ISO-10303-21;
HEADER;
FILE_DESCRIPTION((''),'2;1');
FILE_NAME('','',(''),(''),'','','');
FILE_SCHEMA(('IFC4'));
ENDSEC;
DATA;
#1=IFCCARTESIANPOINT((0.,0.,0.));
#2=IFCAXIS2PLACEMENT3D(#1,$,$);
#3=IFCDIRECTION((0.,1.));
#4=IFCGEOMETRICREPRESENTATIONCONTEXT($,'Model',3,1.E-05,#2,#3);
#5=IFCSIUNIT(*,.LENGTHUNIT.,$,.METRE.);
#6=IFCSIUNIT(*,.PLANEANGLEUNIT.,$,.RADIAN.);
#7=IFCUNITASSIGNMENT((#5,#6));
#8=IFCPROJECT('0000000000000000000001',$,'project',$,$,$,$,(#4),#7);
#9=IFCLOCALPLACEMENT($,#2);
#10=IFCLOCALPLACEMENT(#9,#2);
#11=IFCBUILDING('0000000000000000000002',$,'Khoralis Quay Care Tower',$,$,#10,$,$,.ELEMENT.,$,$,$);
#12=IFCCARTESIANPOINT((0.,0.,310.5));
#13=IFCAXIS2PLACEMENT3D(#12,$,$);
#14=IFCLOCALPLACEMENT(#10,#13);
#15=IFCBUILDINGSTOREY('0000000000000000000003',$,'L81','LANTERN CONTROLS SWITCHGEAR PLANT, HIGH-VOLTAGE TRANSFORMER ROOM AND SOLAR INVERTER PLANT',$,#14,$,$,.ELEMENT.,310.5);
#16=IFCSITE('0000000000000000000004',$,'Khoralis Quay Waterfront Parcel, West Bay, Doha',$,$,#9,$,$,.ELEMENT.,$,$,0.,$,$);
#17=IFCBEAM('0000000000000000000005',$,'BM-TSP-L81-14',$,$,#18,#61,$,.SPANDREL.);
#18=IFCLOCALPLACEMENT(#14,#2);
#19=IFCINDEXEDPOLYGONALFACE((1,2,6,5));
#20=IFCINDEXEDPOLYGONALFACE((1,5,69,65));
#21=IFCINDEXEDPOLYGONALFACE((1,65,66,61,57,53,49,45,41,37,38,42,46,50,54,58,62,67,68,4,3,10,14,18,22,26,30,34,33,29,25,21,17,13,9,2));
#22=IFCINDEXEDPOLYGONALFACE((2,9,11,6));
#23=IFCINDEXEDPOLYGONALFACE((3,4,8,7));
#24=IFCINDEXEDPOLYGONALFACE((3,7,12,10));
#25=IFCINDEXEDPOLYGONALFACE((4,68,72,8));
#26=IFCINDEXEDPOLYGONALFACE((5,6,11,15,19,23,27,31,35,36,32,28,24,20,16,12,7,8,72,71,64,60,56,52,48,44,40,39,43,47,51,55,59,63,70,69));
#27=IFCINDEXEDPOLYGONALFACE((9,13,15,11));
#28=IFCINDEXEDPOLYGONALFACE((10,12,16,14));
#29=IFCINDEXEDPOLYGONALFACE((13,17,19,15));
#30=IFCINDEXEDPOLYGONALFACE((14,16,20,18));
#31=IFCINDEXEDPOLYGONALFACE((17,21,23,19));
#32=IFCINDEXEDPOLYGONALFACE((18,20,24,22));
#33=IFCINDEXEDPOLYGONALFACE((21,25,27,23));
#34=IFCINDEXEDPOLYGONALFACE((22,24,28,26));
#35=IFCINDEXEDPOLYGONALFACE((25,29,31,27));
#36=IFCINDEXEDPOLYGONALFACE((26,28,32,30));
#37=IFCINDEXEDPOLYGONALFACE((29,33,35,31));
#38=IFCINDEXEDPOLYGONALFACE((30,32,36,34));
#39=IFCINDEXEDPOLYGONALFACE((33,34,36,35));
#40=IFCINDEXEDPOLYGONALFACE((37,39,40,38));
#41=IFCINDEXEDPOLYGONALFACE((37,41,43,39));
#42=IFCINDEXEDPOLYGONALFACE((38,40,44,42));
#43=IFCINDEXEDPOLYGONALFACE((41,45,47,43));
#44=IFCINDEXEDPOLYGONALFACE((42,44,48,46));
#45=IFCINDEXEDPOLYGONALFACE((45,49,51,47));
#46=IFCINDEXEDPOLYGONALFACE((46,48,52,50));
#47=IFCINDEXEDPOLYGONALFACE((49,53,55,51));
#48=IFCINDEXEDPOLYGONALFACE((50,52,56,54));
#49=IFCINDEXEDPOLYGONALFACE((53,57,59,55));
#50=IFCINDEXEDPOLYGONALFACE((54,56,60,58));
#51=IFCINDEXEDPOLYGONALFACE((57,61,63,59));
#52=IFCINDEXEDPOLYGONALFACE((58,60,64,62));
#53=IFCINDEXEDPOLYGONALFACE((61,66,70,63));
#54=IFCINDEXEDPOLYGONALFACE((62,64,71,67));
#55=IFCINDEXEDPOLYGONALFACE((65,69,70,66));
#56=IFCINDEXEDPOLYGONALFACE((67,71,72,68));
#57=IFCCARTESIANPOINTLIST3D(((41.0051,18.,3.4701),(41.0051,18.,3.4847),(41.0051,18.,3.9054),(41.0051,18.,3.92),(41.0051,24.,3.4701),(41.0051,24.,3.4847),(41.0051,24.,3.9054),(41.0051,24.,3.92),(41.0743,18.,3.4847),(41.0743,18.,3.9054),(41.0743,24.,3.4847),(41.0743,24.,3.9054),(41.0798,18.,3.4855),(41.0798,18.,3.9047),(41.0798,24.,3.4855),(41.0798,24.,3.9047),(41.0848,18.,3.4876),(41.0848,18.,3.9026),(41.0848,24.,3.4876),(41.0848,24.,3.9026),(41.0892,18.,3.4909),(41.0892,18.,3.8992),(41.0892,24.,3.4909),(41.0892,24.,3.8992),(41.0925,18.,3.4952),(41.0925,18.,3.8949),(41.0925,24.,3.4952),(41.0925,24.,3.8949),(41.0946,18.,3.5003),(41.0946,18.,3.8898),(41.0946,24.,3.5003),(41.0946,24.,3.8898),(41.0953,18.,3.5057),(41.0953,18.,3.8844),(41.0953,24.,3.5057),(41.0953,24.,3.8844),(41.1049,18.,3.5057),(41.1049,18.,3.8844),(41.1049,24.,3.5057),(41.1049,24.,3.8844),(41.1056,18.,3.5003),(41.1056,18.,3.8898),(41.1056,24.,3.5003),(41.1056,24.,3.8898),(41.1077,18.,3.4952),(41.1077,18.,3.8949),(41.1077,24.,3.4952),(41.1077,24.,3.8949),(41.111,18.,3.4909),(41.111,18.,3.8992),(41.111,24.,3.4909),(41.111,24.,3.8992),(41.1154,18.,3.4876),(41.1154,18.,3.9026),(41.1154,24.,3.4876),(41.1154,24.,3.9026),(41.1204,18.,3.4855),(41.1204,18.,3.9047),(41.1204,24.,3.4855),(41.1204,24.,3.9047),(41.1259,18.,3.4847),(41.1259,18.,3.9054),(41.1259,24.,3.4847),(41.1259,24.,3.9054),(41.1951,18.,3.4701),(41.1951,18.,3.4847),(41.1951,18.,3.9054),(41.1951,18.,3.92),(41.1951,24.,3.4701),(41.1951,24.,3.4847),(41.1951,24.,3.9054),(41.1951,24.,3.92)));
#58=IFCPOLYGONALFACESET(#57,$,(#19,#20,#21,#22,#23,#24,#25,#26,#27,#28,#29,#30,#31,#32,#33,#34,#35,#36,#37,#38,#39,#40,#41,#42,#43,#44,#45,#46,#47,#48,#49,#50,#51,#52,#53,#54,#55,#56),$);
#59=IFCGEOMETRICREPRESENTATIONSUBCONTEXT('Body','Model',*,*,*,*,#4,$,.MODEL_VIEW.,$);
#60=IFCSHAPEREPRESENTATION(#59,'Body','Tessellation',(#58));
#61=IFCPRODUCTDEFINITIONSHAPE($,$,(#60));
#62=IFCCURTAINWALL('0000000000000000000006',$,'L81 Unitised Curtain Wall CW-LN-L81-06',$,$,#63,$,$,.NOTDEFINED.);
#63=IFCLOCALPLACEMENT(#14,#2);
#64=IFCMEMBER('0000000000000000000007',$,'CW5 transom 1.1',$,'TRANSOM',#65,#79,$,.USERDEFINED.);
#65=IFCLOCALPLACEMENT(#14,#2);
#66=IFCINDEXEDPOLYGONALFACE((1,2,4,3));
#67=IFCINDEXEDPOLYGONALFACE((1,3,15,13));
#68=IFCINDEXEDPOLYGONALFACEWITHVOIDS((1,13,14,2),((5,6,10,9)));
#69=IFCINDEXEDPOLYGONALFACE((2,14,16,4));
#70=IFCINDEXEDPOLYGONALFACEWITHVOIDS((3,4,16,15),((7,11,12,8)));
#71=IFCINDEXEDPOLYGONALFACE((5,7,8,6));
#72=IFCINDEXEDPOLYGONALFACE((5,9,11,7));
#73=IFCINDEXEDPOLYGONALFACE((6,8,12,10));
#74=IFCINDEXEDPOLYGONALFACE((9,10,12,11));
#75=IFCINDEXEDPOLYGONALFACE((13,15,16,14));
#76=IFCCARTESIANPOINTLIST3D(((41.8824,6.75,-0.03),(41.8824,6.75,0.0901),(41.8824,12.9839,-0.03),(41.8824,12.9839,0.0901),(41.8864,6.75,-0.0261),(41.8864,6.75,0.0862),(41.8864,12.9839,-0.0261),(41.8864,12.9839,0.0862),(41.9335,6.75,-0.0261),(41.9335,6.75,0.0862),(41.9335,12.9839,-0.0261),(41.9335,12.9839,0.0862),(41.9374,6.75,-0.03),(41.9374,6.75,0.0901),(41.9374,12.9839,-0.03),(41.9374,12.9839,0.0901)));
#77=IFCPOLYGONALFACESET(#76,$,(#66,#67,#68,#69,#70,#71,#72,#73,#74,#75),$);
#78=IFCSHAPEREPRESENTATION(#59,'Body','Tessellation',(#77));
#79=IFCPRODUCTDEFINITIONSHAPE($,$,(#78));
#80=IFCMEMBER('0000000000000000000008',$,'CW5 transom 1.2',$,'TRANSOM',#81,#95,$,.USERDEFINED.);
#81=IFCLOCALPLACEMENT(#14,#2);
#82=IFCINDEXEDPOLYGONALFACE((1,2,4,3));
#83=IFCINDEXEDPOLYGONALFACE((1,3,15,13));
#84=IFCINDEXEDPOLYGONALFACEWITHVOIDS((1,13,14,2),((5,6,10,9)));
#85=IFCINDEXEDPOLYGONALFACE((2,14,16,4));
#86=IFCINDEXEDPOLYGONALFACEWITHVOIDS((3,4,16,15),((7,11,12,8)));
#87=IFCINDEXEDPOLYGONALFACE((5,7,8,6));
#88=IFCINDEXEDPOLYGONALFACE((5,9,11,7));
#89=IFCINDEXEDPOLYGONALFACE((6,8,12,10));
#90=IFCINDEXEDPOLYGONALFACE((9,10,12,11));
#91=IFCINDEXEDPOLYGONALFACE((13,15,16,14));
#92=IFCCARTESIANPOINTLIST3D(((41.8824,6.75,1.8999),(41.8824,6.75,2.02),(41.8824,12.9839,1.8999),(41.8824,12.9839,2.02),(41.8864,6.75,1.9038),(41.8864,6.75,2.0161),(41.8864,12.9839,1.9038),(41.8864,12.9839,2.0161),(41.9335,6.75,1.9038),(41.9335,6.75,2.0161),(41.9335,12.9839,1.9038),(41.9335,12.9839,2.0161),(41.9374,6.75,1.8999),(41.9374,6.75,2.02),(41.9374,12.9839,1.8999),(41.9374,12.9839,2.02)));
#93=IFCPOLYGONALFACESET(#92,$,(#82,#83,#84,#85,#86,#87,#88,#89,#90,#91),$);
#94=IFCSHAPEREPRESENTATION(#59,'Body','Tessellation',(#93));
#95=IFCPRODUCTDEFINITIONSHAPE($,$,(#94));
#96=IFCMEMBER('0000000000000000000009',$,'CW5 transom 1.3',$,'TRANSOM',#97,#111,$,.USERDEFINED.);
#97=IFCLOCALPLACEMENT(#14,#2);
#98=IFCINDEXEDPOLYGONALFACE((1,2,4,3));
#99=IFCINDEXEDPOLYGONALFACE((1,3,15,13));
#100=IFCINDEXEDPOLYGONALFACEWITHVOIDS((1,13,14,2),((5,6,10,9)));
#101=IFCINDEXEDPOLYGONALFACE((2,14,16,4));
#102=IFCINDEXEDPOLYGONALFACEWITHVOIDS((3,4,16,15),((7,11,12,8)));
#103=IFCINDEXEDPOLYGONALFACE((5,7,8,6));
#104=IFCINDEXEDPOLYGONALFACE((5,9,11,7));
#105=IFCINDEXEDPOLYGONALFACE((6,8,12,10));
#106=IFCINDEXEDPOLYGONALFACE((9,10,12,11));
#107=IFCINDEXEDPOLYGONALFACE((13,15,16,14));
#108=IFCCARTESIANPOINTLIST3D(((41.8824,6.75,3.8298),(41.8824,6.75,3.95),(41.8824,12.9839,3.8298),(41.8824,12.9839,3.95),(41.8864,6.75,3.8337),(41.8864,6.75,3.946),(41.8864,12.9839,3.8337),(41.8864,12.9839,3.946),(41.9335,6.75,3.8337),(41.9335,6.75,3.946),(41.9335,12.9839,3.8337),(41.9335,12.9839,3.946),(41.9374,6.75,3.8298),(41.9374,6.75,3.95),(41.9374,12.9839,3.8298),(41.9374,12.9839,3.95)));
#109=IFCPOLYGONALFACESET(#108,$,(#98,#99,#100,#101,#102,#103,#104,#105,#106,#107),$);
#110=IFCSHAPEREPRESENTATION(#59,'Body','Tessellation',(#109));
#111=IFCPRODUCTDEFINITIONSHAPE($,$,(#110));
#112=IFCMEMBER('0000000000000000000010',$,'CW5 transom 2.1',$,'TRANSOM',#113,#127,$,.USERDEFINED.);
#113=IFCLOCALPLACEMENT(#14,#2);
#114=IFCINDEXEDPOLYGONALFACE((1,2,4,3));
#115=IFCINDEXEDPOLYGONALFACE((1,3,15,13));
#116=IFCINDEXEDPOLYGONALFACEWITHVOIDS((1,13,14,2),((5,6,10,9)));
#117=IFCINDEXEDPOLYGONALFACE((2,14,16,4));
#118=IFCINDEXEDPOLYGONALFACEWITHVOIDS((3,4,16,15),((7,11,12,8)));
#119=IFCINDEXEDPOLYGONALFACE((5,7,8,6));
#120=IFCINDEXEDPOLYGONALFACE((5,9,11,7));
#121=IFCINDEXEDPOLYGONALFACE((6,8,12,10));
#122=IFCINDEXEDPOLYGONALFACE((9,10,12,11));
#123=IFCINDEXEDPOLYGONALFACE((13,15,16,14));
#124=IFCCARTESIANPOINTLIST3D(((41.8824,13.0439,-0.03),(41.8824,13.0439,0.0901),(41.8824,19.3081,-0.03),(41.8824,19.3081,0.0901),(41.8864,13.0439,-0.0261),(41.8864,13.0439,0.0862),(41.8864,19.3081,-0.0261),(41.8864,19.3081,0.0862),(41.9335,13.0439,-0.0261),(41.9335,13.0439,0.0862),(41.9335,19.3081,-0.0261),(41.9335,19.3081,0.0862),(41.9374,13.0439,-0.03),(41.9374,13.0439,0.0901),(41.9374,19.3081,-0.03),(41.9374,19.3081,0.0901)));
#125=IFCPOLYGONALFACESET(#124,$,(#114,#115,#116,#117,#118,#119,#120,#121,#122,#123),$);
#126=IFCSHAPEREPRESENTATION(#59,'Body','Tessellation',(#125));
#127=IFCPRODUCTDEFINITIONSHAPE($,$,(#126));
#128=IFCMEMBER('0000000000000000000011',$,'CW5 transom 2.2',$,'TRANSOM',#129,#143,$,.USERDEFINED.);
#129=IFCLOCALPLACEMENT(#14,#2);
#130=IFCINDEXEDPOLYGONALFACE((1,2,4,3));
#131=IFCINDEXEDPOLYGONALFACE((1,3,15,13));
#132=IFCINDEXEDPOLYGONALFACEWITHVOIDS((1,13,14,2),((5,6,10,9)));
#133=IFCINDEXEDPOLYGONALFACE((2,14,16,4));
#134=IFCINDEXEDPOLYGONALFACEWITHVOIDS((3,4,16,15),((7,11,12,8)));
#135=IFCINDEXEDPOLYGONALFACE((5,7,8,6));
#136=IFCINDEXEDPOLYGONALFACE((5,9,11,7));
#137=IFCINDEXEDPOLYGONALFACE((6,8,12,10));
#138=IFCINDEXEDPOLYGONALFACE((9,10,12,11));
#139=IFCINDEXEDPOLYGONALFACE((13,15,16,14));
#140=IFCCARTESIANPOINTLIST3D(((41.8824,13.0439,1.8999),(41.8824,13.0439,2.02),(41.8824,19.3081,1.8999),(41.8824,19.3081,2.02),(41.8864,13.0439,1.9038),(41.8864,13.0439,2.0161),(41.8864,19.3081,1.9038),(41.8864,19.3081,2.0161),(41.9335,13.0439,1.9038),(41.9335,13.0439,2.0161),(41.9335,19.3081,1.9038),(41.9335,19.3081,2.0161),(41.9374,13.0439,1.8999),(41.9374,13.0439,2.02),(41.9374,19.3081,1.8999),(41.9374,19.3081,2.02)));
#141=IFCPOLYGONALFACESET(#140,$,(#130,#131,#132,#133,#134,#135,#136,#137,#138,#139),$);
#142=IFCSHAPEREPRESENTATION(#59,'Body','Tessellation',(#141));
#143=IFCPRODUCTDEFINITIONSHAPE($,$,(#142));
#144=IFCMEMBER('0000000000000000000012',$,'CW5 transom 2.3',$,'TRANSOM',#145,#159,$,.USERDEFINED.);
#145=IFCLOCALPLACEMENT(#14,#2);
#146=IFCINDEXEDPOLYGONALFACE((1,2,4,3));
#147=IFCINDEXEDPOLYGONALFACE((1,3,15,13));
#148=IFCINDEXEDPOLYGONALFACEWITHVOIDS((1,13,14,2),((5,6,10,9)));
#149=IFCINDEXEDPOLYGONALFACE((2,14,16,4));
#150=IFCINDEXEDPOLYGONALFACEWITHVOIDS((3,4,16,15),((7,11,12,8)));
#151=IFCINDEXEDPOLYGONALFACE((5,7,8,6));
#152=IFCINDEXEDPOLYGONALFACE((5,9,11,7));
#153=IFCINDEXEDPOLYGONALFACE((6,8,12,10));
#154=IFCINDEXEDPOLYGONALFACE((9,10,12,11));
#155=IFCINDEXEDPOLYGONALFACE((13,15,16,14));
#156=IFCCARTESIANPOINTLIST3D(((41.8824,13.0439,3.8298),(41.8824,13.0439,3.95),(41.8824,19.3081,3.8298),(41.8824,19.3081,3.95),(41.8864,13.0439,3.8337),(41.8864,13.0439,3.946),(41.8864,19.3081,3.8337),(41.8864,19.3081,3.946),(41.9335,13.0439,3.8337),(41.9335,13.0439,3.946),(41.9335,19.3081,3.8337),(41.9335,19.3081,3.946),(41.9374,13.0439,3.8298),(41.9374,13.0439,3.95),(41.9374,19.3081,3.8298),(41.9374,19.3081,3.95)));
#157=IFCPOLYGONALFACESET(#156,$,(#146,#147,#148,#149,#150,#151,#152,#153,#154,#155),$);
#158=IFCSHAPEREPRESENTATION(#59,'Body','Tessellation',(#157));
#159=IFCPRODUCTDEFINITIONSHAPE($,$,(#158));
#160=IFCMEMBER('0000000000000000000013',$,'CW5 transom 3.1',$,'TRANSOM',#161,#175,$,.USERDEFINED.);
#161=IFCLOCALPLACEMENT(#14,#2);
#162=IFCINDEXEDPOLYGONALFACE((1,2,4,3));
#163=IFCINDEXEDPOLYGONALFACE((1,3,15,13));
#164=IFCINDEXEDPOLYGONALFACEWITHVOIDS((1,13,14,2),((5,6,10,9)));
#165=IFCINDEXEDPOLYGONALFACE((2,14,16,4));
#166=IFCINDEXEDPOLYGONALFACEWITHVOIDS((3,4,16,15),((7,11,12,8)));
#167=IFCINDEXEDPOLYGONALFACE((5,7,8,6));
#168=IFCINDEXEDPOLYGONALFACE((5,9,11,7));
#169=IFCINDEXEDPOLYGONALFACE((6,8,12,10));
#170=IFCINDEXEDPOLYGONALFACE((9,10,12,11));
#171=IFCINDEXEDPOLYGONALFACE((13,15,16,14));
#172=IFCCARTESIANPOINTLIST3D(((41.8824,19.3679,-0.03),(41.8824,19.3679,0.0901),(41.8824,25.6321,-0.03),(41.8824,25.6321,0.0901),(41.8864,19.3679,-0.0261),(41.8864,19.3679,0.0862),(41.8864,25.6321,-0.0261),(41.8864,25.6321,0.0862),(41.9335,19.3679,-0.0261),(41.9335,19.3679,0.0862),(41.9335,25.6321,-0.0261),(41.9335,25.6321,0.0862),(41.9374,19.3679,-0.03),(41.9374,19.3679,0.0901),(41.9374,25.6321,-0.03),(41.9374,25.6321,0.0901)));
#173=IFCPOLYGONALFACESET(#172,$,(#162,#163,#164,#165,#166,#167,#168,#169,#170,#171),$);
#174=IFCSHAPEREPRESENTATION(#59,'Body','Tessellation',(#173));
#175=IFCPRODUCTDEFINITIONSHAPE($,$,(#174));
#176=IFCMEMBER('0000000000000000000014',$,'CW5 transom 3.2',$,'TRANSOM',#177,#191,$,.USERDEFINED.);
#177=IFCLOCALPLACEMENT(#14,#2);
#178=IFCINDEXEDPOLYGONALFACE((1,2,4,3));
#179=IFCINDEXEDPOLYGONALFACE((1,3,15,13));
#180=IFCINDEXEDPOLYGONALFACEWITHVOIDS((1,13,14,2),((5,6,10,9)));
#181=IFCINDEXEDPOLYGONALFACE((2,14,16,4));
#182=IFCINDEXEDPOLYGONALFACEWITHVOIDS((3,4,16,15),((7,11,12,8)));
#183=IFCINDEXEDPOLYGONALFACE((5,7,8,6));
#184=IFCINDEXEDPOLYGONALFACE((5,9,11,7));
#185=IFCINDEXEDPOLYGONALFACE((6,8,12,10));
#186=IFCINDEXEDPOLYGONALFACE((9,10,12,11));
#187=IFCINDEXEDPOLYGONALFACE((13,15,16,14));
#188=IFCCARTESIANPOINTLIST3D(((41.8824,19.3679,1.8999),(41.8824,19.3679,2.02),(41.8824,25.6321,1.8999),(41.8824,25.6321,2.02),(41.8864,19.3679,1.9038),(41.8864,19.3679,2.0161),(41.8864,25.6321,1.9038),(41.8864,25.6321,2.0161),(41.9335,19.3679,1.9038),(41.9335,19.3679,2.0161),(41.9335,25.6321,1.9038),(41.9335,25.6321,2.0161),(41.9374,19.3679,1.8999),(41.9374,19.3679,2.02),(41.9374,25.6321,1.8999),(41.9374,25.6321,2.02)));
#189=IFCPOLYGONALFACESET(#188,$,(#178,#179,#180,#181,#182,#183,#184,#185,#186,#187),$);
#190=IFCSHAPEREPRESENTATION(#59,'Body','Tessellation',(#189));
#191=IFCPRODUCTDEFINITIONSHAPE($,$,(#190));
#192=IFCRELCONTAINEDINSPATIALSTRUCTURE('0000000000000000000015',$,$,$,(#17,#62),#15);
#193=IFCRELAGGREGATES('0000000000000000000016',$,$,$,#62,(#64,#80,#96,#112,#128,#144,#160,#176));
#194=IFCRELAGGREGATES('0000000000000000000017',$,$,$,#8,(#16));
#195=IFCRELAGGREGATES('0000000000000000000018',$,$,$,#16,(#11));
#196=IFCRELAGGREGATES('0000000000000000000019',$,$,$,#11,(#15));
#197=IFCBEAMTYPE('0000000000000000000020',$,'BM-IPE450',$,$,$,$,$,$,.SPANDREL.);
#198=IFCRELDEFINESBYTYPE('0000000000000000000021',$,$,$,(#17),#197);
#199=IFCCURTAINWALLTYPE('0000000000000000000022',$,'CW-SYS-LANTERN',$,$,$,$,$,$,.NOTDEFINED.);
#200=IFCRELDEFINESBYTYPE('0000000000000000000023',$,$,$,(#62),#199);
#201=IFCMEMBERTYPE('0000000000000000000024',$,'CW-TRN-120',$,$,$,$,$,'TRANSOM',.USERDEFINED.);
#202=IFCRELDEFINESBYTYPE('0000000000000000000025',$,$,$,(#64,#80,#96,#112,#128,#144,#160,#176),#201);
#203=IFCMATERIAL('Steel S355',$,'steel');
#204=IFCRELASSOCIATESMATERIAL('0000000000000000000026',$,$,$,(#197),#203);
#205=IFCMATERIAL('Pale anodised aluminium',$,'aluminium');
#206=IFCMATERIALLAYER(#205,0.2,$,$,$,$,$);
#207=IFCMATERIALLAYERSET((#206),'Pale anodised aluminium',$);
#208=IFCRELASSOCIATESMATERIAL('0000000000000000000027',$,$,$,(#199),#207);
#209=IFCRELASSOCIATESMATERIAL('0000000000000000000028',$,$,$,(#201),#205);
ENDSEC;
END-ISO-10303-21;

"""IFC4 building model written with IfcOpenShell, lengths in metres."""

from ifc_helpers import new_model, si_unit, direction, frame, origin, origin_2d, place, context, subcontext, project, spatial, hollow_rectangle, i_section, extrude, source, transform, mapped, material, layer, layer_set, material_profile, profile_set, type_object, element, aggregate, save


model = new_model("IFC4")

# Units and contexts
model_context = context("Model", 3, precision=1e-05, world=origin(), true_north=direction((0.0, 1.0)))
body_context = subcontext(model_context, "Body", "Model", "MODEL_VIEW")
ifc_project = project(units=[si_unit("LENGTHUNIT", "METRE"), si_unit("PLANEANGLEUNIT", "RADIAN")], contexts=[model_context])

# Site, building, storey
site_placement = place(None, origin())
site = spatial("IfcSite", under=ifc_project, at=site_placement, Name="Khoralis Quay Waterfront Parcel, West Bay, Doha", CompositionType="ELEMENT", RefElevation=0.0)
building_placement = place(site_placement, origin())
building = spatial("IfcBuilding", under=site, at=building_placement, Name="Khoralis Quay Care Tower", CompositionType="ELEMENT")
storey_placement = place(building_placement, frame((0.0, 0.0, 310.5)))
storey = spatial("IfcBuildingStorey", under=building, at=storey_placement, Name="L81", Description="LANTERN CONTROLS SWITCHGEAR PLANT, HIGH-VOLTAGE TRANSFORMER ROOM AND SOLAR INVERTER PLANT", CompositionType="ELEMENT", Elevation=310.5)

# Beam
ifc_material_1 = material(Name="Steel S355", Category="steel")
ifc_material_profile_1 = material_profile(ifc_material_1, i_section(OverallWidth=0.1899, OverallDepth=0.45, WebThickness=0.0095, FlangeThickness=0.0146, FilletRadius=0.021, at=origin_2d()), Name="Steel S355")
ifc_profile_set_1 = profile_set([ifc_material_profile_1], Name="Steel S355")
beam_type = type_object("IfcBeamType", Name="BM-IPE450", PredefinedType="SPANDREL", material=ifc_profile_set_1)
shared_shape_1 = source(origin(), body_context, "Body", "SweptSolid", [
    extrude(i_section(OverallWidth=0.1899, OverallDepth=0.45, WebThickness=0.0095, FlangeThickness=0.0146, FilletRadius=0.021, at=origin_2d()), origin(), (0.0, 0.0, 1.0), 6.0),
])
for number, where, z_axis, x_axis, name in (
    (1, (41.1001, 18.0, 3.6951), (0.0, 1.0, 0.0), (-1.0, 0.0, 0.0), "BM-TSP-L81-14"),
):
    element("IfcBeam", number, at=place(storey_placement, frame(where, z_axis=z_axis, x_axis=x_axis)), inside=storey, type_object=beam_type, Name=name, PredefinedType="SPANDREL", context=body_context, shape_type="MappedRepresentation", body=[
        mapped(shared_shape_1, transform((0.0, 0.0, 0.0), scale=1.0)),
    ])

# Curtain wall, members
ifc_material_2 = material(Name="Pale anodised aluminium", Category="aluminium")
ifc_layer_1 = layer(ifc_material_2, 0.2)
ifc_layer_set_1 = layer_set([ifc_layer_1], Name="Pale anodised aluminium")
curtain_wall_type = type_object("IfcCurtainWallType", Name="CW-SYS-LANTERN", PredefinedType="NOTDEFINED", material=ifc_layer_set_1)
curtain_wall_1_placement = place(storey_placement, origin())
curtain_wall_1 = element("IfcCurtainWall", 2, at=curtain_wall_1_placement, inside=storey, type_object=curtain_wall_type, Name="L81 Unitised Curtain Wall CW-LN-L81-06", PredefinedType="NOTDEFINED")
ifc_material_profile_2 = material_profile(ifc_material_2, hollow_rectangle(XDim=0.0549, YDim=0.1201, WallThickness=0.0039, at=origin_2d()), Name="Pale anodised aluminium")
ifc_profile_set_2 = profile_set([ifc_material_profile_2], Name="Pale anodised aluminium")
member_type_1 = type_object("IfcMemberType", Name="CW-TRN-120", ElementType="TRANSOM", PredefinedType="USERDEFINED", material=ifc_profile_set_2)
shared_shape_2 = source(origin(), body_context, "Body", "SweptSolid", [
    extrude(hollow_rectangle(XDim=0.0549, YDim=0.1201, WallThickness=0.0039, at=origin_2d()), origin(), (0.0, 0.0, 1.0), 6.2339),
])
member_1_placement = place(storey_placement, frame((41.9099, 6.75, 0.03), z_axis=(0.0, 1.0, 0.0), x_axis=(-1.0, 0.0, 0.0)))
member_1 = element("IfcMember", 3, at=member_1_placement, type_object=member_type_1, Name="CW5 transom 1.1", ObjectType="TRANSOM", PredefinedType="USERDEFINED", context=body_context, shape_type="MappedRepresentation", body=[
    mapped(shared_shape_2, transform((0.0, 0.0, 0.0), scale=1.0)),
])
member_2_placement = place(storey_placement, frame((41.9099, 6.75, 1.96), z_axis=(0.0, 1.0, 0.0), x_axis=(-1.0, 0.0, 0.0)))
member_2 = element("IfcMember", 4, at=member_2_placement, type_object=member_type_1, Name="CW5 transom 1.2", ObjectType="TRANSOM", PredefinedType="USERDEFINED", context=body_context, shape_type="MappedRepresentation", body=[
    mapped(shared_shape_2, transform((0.0, 0.0, 0.0), scale=1.0)),
])
member_3_placement = place(storey_placement, frame((41.9099, 6.75, 3.8899), z_axis=(0.0, 1.0, 0.0), x_axis=(-1.0, 0.0, 0.0)))
member_3 = element("IfcMember", 5, at=member_3_placement, type_object=member_type_1, Name="CW5 transom 1.3", ObjectType="TRANSOM", PredefinedType="USERDEFINED", context=body_context, shape_type="MappedRepresentation", body=[
    mapped(shared_shape_2, transform((0.0, 0.0, 0.0), scale=1.0)),
])
shared_shape_3 = source(origin(), body_context, "Body", "SweptSolid", [
    extrude(hollow_rectangle(XDim=0.0549, YDim=0.1201, WallThickness=0.0039, at=origin_2d()), origin(), (0.0, 0.0, 1.0), 6.2642),
])
member_4_placement = place(storey_placement, frame((41.9099, 13.0439, 0.03), z_axis=(0.0, 1.0, 0.0), x_axis=(-1.0, 0.0, 0.0)))
member_4 = element("IfcMember", 6, at=member_4_placement, type_object=member_type_1, Name="CW5 transom 2.1", ObjectType="TRANSOM", PredefinedType="USERDEFINED", context=body_context, shape_type="MappedRepresentation", body=[
    mapped(shared_shape_3, transform((0.0, 0.0, 0.0), scale=1.0)),
])
member_5_placement = place(storey_placement, frame((41.9099, 13.0439, 1.96), z_axis=(0.0, 1.0, 0.0), x_axis=(-1.0, 0.0, 0.0)))
member_5 = element("IfcMember", 7, at=member_5_placement, type_object=member_type_1, Name="CW5 transom 2.2", ObjectType="TRANSOM", PredefinedType="USERDEFINED", context=body_context, shape_type="MappedRepresentation", body=[
    mapped(shared_shape_3, transform((0.0, 0.0, 0.0), scale=1.0)),
])
member_6_placement = place(storey_placement, frame((41.9099, 13.0439, 3.8899), z_axis=(0.0, 1.0, 0.0), x_axis=(-1.0, 0.0, 0.0)))
member_6 = element("IfcMember", 8, at=member_6_placement, type_object=member_type_1, Name="CW5 transom 2.3", ObjectType="TRANSOM", PredefinedType="USERDEFINED", context=body_context, shape_type="MappedRepresentation", body=[
    mapped(shared_shape_3, transform((0.0, 0.0, 0.0), scale=1.0)),
])
member_7_placement = place(storey_placement, frame((41.9099, 19.3679, 0.03), z_axis=(0.0, 1.0, 0.0), x_axis=(-1.0, 0.0, 0.0)))
member_7 = element("IfcMember", 9, at=member_7_placement, type_object=member_type_1, Name="CW5 transom 3.1", ObjectType="TRANSOM", PredefinedType="USERDEFINED", context=body_context, shape_type="MappedRepresentation", body=[
    mapped(shared_shape_3, transform((0.0, 0.0, 0.0), scale=1.0)),
])
member_8_placement = place(storey_placement, frame((41.9099, 19.3679, 1.96), z_axis=(0.0, 1.0, 0.0), x_axis=(-1.0, 0.0, 0.0)))
member_8 = element("IfcMember", 10, at=member_8_placement, type_object=member_type_1, Name="CW5 transom 3.2", ObjectType="TRANSOM", PredefinedType="USERDEFINED", context=body_context, shape_type="MappedRepresentation", body=[
    mapped(shared_shape_3, transform((0.0, 0.0, 0.0), scale=1.0)),
])

aggregate(curtain_wall_1, [member_1, member_2, member_3, member_4, member_5, member_6, member_7, member_8])

save(model, "model.ifc")
